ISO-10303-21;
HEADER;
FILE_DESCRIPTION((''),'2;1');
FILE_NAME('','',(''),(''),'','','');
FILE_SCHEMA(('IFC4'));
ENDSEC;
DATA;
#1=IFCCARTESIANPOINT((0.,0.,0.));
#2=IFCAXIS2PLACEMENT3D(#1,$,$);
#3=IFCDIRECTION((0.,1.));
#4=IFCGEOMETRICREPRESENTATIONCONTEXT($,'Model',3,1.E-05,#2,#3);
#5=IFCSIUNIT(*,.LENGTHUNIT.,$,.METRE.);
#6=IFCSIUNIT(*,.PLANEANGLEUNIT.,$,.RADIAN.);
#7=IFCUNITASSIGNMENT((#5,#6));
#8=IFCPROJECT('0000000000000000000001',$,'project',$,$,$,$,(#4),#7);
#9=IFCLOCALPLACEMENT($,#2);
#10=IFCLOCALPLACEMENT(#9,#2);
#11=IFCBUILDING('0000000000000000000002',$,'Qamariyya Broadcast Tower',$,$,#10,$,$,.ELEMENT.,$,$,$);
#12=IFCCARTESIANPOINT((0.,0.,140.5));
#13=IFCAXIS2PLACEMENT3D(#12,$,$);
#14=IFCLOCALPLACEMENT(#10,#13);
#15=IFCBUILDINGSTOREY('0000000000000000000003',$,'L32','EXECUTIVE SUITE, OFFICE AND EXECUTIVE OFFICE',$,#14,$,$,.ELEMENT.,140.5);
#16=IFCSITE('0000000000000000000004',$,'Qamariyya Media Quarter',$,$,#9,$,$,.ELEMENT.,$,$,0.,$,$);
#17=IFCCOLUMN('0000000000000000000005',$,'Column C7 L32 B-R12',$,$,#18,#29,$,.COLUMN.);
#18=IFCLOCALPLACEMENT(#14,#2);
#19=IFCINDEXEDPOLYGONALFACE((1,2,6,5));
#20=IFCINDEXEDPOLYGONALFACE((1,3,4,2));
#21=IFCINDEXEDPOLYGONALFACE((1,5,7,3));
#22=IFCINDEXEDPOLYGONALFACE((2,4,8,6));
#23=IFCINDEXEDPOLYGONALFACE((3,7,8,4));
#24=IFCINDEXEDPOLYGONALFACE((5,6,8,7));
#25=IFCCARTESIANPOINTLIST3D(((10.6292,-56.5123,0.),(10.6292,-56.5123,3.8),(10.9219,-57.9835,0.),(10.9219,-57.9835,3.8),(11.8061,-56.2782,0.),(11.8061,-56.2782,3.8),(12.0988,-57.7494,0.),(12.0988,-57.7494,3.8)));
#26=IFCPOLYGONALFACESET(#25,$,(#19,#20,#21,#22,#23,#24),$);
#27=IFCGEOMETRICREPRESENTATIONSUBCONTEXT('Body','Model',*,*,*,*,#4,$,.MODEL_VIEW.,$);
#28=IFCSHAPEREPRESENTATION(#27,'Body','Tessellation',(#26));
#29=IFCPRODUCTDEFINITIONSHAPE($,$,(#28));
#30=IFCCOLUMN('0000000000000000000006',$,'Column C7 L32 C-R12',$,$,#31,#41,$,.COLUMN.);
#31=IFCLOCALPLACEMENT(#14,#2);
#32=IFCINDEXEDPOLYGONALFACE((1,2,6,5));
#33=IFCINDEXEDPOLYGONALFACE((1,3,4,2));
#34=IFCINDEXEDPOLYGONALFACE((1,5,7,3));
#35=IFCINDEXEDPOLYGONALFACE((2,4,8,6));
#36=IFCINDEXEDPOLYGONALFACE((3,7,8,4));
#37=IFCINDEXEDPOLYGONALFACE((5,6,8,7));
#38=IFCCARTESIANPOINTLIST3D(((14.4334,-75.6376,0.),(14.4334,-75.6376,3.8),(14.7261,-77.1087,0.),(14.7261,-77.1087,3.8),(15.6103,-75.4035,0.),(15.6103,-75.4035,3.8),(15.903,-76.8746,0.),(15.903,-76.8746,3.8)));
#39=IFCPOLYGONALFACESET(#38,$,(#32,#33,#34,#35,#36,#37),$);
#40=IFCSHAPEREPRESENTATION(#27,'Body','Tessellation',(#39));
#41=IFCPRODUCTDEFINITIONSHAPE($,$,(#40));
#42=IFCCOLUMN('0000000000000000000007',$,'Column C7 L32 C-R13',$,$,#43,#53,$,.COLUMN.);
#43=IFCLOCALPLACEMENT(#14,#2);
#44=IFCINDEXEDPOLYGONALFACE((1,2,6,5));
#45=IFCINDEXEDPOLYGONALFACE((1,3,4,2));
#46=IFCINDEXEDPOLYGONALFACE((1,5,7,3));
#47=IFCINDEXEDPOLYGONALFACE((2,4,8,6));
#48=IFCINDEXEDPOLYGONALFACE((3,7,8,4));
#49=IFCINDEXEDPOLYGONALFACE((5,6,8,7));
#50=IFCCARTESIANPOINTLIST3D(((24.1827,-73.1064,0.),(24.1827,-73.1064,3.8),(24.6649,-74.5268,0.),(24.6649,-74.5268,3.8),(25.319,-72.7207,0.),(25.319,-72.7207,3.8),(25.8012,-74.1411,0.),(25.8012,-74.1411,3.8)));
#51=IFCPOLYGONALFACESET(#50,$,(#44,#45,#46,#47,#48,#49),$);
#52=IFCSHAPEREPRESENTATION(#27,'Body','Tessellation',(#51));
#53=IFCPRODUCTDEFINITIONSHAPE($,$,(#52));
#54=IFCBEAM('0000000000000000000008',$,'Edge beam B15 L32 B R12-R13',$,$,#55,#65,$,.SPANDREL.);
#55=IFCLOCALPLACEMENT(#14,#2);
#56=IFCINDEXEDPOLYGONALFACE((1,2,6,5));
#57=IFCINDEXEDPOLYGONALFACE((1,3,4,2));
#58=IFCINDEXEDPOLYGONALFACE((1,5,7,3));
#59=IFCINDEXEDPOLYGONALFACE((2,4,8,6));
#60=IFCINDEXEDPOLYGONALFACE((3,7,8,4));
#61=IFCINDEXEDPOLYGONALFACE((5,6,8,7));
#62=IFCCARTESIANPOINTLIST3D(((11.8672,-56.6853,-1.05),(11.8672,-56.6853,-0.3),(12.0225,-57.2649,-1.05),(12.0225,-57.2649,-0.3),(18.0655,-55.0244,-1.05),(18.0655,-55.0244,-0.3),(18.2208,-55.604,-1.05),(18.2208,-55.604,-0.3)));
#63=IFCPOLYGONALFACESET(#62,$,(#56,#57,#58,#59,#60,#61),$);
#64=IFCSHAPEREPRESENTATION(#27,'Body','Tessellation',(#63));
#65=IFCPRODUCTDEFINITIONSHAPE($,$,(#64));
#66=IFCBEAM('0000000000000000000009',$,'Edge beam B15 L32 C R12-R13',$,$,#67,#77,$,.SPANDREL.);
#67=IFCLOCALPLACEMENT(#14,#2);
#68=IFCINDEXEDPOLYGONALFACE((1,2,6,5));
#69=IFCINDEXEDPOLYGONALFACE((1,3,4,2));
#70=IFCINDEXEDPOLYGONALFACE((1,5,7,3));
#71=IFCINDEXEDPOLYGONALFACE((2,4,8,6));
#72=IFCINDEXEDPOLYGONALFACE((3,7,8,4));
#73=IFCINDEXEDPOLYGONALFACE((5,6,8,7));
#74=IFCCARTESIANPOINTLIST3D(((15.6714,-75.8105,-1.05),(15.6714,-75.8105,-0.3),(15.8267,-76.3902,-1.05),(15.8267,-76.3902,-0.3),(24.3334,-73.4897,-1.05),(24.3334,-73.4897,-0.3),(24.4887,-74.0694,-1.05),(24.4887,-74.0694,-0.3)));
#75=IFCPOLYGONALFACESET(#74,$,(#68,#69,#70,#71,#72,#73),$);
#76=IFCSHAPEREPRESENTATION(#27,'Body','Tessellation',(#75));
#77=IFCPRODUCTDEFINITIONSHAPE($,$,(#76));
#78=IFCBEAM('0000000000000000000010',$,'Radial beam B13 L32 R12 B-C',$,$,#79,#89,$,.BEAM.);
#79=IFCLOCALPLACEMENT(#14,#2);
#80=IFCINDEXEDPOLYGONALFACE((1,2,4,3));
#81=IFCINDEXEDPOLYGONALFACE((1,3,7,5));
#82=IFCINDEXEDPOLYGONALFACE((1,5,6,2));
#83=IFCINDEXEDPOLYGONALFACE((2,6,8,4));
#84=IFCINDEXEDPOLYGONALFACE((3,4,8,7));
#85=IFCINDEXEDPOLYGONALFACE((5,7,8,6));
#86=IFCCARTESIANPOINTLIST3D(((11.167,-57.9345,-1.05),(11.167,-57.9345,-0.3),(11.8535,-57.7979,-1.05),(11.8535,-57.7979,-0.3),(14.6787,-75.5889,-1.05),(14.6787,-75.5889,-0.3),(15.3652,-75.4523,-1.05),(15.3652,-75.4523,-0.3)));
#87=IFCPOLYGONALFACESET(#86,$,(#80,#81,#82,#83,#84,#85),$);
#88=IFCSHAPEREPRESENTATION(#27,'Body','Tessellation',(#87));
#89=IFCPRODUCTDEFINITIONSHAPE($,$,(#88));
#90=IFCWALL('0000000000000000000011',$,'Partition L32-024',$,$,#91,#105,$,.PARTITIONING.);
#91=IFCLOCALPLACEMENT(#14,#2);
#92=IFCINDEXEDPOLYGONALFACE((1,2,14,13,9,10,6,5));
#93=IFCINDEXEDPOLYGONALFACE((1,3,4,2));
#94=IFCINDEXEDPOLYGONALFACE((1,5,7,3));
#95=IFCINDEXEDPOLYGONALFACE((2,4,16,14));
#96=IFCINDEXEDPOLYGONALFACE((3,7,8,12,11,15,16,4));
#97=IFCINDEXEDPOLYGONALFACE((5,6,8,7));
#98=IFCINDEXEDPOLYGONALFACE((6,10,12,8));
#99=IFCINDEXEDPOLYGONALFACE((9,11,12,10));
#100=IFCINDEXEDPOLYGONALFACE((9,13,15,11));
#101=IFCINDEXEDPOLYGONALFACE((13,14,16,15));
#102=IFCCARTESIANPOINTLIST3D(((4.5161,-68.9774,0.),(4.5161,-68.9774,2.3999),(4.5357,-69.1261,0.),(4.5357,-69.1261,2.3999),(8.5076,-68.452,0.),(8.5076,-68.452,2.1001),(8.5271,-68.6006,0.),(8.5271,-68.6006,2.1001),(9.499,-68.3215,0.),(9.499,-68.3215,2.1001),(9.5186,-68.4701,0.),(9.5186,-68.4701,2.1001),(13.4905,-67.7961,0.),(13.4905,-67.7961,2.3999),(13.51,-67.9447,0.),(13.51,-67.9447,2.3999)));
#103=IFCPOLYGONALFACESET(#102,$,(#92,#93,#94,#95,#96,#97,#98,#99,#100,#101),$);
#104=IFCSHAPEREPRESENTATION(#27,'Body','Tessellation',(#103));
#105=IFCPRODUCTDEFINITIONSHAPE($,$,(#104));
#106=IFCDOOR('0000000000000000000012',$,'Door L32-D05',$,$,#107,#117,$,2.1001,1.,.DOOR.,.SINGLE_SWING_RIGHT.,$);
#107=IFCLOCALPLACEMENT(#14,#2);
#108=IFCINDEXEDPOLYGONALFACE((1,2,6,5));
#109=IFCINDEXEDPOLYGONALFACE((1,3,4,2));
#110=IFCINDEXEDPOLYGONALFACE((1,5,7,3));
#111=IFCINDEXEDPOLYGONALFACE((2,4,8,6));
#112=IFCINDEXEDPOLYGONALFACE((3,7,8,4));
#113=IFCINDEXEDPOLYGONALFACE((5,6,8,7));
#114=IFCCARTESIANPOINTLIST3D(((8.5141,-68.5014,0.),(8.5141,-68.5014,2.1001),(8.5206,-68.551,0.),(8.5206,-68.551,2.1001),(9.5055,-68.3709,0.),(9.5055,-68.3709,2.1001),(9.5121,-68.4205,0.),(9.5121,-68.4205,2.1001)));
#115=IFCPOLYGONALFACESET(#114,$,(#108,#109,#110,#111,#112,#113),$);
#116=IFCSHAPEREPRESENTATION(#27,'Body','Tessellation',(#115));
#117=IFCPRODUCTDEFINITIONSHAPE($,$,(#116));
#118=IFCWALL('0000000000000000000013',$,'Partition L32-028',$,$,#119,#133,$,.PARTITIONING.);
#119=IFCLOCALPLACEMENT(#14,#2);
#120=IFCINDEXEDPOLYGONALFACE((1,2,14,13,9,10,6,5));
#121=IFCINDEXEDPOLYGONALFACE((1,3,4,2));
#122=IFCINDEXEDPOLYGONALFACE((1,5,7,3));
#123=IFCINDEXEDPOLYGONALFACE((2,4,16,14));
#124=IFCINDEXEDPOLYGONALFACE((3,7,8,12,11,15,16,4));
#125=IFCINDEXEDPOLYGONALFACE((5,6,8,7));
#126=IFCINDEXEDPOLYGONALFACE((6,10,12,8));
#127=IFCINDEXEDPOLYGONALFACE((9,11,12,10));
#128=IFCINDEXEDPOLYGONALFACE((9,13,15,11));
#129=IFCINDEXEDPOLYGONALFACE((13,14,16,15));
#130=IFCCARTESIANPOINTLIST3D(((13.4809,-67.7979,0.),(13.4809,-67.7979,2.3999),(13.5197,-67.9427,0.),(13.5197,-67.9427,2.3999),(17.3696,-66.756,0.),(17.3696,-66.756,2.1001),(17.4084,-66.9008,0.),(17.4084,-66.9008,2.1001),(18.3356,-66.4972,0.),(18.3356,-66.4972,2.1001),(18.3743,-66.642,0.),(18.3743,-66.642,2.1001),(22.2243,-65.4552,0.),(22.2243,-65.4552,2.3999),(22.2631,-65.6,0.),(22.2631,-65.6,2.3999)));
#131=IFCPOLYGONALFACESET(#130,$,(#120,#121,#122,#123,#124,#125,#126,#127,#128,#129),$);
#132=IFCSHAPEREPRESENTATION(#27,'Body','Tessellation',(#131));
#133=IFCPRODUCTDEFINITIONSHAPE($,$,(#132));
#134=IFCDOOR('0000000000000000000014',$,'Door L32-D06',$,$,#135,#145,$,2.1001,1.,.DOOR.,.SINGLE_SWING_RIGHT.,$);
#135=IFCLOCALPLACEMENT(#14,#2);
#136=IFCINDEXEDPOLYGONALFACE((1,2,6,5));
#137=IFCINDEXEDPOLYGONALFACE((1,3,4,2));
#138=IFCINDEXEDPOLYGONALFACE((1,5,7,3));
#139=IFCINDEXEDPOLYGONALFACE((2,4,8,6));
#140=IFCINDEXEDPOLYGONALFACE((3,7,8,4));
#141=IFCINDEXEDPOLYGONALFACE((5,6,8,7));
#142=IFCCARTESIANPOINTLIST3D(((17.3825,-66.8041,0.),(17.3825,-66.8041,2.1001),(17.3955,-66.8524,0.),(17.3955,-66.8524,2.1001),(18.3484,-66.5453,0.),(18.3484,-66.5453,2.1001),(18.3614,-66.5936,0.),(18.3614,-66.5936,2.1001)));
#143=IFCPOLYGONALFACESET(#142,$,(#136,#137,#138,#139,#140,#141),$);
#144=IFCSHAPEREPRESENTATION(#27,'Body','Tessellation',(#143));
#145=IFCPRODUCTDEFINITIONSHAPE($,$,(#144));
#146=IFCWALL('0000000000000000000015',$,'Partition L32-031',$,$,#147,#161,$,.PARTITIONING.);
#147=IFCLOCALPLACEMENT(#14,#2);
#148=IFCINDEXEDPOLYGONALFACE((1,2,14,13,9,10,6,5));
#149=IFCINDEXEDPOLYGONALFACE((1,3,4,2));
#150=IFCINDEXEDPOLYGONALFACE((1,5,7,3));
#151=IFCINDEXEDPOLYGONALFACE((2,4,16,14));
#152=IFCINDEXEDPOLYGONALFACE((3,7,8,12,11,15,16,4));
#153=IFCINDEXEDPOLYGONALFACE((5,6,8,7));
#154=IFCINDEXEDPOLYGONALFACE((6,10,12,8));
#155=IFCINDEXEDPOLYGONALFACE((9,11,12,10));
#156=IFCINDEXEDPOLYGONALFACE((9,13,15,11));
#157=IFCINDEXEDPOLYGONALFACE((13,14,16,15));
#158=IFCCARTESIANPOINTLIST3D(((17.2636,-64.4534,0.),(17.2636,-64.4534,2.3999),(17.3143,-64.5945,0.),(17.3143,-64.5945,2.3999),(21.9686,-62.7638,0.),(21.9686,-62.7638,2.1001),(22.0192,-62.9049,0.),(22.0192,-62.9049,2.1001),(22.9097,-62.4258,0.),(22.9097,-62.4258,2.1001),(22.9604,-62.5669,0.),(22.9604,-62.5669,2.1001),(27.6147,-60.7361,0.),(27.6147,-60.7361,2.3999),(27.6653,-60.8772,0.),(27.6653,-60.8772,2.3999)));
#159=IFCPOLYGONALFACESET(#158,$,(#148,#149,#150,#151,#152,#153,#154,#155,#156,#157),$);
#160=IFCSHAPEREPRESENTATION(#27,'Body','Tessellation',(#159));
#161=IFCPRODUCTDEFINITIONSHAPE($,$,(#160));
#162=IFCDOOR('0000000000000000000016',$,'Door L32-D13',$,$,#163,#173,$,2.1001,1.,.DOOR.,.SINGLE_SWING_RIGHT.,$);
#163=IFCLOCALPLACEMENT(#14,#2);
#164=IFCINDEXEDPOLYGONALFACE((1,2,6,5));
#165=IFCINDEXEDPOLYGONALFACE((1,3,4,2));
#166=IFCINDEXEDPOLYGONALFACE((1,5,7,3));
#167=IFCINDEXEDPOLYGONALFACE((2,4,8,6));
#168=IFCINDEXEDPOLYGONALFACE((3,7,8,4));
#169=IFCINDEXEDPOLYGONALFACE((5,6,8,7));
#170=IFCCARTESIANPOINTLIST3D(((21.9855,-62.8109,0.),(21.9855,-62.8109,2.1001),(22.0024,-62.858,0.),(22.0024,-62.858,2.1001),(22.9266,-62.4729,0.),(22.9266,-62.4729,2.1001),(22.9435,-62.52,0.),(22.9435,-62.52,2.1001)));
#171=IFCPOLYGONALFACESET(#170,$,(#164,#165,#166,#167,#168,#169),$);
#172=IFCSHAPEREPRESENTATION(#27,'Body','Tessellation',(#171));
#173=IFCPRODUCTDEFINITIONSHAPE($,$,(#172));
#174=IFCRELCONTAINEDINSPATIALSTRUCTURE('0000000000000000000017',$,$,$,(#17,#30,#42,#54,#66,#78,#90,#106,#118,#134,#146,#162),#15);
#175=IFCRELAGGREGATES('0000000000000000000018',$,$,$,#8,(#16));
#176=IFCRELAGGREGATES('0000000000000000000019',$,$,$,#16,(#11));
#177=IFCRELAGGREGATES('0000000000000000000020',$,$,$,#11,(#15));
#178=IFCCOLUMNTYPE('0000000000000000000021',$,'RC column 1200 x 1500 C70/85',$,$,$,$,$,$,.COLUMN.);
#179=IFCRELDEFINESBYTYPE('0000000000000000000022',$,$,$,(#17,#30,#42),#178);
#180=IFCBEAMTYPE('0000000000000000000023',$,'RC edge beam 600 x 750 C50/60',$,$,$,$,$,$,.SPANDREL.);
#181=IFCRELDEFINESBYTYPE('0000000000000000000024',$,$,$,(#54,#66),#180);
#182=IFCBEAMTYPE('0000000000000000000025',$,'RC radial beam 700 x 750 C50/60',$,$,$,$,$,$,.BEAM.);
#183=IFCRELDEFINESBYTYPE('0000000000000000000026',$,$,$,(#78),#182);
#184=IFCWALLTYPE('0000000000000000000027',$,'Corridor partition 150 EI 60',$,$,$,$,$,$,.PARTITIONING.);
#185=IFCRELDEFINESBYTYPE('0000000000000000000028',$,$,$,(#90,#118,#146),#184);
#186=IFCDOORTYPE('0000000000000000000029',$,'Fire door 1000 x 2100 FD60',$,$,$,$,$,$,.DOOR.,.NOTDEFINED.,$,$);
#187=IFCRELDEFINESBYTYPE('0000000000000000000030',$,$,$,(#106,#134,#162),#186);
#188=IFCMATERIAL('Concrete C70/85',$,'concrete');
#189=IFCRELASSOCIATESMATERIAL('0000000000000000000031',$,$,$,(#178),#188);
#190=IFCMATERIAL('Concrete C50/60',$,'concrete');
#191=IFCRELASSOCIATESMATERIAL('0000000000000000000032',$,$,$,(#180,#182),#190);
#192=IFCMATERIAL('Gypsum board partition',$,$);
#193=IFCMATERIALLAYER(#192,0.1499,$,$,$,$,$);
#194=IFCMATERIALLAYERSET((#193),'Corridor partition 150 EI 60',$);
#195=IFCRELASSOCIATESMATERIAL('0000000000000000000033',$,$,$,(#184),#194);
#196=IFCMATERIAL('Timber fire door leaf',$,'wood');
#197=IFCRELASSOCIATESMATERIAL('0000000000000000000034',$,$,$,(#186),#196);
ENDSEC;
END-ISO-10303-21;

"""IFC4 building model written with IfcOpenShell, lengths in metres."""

from ifc_helpers import new_model, si_unit, direction, frame, frame_2d, origin, origin_2d, place, context, subcontext, project, spatial, rectangle, extrude, material, layer, layer_set, material_profile, profile_set, type_object, element, fill, save


model = new_model("IFC4")

# Units and contexts
model_context = context("Model", 3, precision=1e-05, world=origin(), true_north=direction((0.0, 1.0)))
body_context = subcontext(model_context, "Body", "Model", "MODEL_VIEW")
ifc_project = project(units=[si_unit("LENGTHUNIT", "METRE"), si_unit("PLANEANGLEUNIT", "RADIAN")], contexts=[model_context])

# Site, building, storey
site_placement = place(None, origin())
site = spatial("IfcSite", under=ifc_project, at=site_placement, Name="Qamariyya Media Quarter", CompositionType="ELEMENT", RefElevation=0.0)
building_placement = place(site_placement, origin())
building = spatial("IfcBuilding", under=site, at=building_placement, Name="Qamariyya Broadcast Tower", CompositionType="ELEMENT")
storey_placement = place(building_placement, frame((0.0, 0.0, 140.5)))
storey = spatial("IfcBuildingStorey", under=building, at=storey_placement, Name="L32", Description="EXECUTIVE SUITE, OFFICE AND EXECUTIVE OFFICE", CompositionType="ELEMENT", Elevation=140.5)

# Columns
ifc_material_1 = material(Name="Concrete C70/85", Category="concrete")
ifc_material_profile_1 = material_profile(ifc_material_1, rectangle(XDim=1.2, YDim=1.5, at=origin_2d()))
ifc_profile_set_1 = profile_set([ifc_material_profile_1], Name="Concrete C70/85")
column_type = type_object("IfcColumnType", Name="RC column 1200 x 1500 C70/85", PredefinedType="COLUMN", material=ifc_profile_set_1)
for number, where, z_axis, x_axis, name in (
    (1, (11.364, -57.1309, 0.0), (0.0, 0.0, 1.0), (0.980785, 0.19509, 0.0), "Column C7 L32 B-R12"),
    (2, (15.1682, -76.2561, 0.0), (0.0, 0.0, 1.0), (0.980785, 0.19509, 0.0), "Column C7 L32 C-R12"),
    (3, (24.9919, -73.6238, 0.0), (0.0, 0.0, 1.0), (0.94693, 0.321439, 0.0), "Column C7 L32 C-R13"),
):
    element("IfcColumn", number, at=place(storey_placement, frame(where, z_axis=z_axis, x_axis=x_axis)), inside=storey, type_object=column_type, Name=name, PredefinedType="COLUMN", context=body_context, shape_type="SweptSolid", body=[
        extrude(rectangle(XDim=1.2, YDim=1.5, at=origin_2d()), origin(), (0.0, 0.0, 1.0), 3.8),
    ])

# Beams
ifc_material_2 = material(Name="Concrete C50/60", Category="concrete")
ifc_material_profile_2 = material_profile(ifc_material_2, rectangle(XDim=0.6001, YDim=0.75, at=origin_2d()))
ifc_profile_set_2 = profile_set([ifc_material_profile_2], Name="Concrete C50/60")
beam_type_1 = type_object("IfcBeamType", Name="RC edge beam 600 x 750 C50/60", PredefinedType="SPANDREL", material=ifc_profile_set_2)
beam_1_placement = place(storey_placement, frame((11.9448, -56.9751, -0.675), z_axis=(0.965923, 0.25883, 0.0), x_axis=(-0.25883, 0.965923, 0.0)))
element("IfcBeam", 4, at=beam_1_placement, inside=storey, type_object=beam_type_1, Name="Edge beam B15 L32 B R12-R13", PredefinedType="SPANDREL", context=body_context, shape_type="SweptSolid", body=[
    extrude(rectangle(XDim=0.6001, YDim=0.75, at=origin_2d()), origin(), (0.0, 0.0, 1.0), 6.417),
])
beam_2_placement = place(storey_placement, frame((15.749, -76.1003, -0.675), z_axis=(0.965932, 0.258798, 0.0), x_axis=(-0.258798, 0.965932, 0.0)))
element("IfcBeam", 5, at=beam_2_placement, inside=storey, type_object=beam_type_1, Name="Edge beam B15 L32 C R12-R13", PredefinedType="SPANDREL", context=body_context, shape_type="SweptSolid", body=[
    extrude(rectangle(XDim=0.6001, YDim=0.75, at=origin_2d()), origin(), (0.0, 0.0, 1.0), 8.9675),
])
ifc_material_profile_3 = material_profile(ifc_material_2, rectangle(XDim=0.7, YDim=0.75, at=origin_2d()))
ifc_profile_set_3 = profile_set([ifc_material_profile_3], Name="Concrete C50/60")
beam_type_2 = type_object("IfcBeamType", Name="RC radial beam 700 x 750 C50/60", PredefinedType="BEAM", material=ifc_profile_set_3)
beam_3_placement = place(storey_placement, frame((11.5103, -57.8662, -0.675), z_axis=(0.195094, -0.980785, 0.0), x_axis=(0.980785, 0.195094, 0.0)))
element("IfcBeam", 6, at=beam_3_placement, inside=storey, type_object=beam_type_2, Name="Radial beam B13 L32 R12 B-C", PredefinedType="BEAM", context=body_context, shape_type="SweptSolid", body=[
    extrude(rectangle(XDim=0.7, YDim=0.75, at=origin_2d()), origin(), (0.0, 0.0, 1.0), 18.0002),
])

# Walls, openings, doors
ifc_material_3 = material(Name="Gypsum board partition")
ifc_layer_1 = layer(ifc_material_3, 0.1499)
ifc_layer_set_1 = layer_set([ifc_layer_1], Name="Corridor partition 150 EI 60")
wall_type_1 = type_object("IfcWallType", Name="Corridor partition 150 EI 60", PredefinedType="PARTITIONING", material=ifc_layer_set_1)
wall_1_placement = place(storey_placement, frame((13.5002, -67.8704, 0.0), z_axis=(0.0, 0.0, 1.0), x_axis=(-0.991446, -0.130515, 0.0)))
wall_1 = element("IfcWall", 7, at=wall_1_placement, inside=storey, type_object=wall_type_1, Name="Partition L32-024", PredefinedType="PARTITIONING", context=body_context, shape_type="SweptSolid", body=[
    extrude(rectangle(XDim=9.0518, YDim=0.1499, at=frame_2d((4.5259, 0.0))), origin(), (0.0, 0.0, 1.0), 2.3999),
])
opening_1_placement = place(wall_1_placement, frame((4.0259, 0.0, 0.0)))
opening_1 = element("IfcOpeningElement", 8, at=opening_1_placement, cuts=wall_1, PredefinedType="OPENING", context=body_context, shape_type="SweptSolid", body=[
    extrude(rectangle(XDim=1.0, YDim=2.1001, at=frame_2d((0.5, 1.05))), frame((0.0, 0.085, 0.0), z_axis=(0.0, -1.0, 0.0), x_axis=(1.0, 0.0, 0.0)), (0.0, 0.0, 1.0), 0.1699),
])
ifc_material_4 = material(Name="Timber fire door leaf", Category="wood")
door_type = type_object("IfcDoorType", Name="Fire door 1000 x 2100 FD60", OperationType="NOTDEFINED", PredefinedType="DOOR", material=ifc_material_4)
door_1_placement = place(opening_1_placement, origin())
door_1 = element("IfcDoor", 9, at=door_1_placement, inside=storey, type_object=door_type, Name="Door L32-D05", OperationType="SINGLE_SWING_RIGHT", OverallHeight=2.1001, OverallWidth=1.0, PredefinedType="DOOR", context=body_context, shape_type="SweptSolid", body=[
    extrude(rectangle(XDim=1.0, YDim=2.1001, at=frame_2d((0.5, 1.05))), frame((0.0, 0.0249, 0.0), z_axis=(0.0, -1.0, 0.0), x_axis=(1.0, 0.0, 0.0)), (0.0, 0.0, 1.0), 0.05),
])
fill(opening_1, door_1)
wall_2_placement = place(storey_placement, frame((22.2437, -65.5276, 0.0), z_axis=(0.0, 0.0, 1.0), x_axis=(-0.965926, -0.258817, 0.0)))
wall_2 = element("IfcWall", 10, at=wall_2_placement, inside=storey, type_object=wall_type_1, Name="Partition L32-028", PredefinedType="PARTITIONING", context=body_context, shape_type="SweptSolid", body=[
    extrude(rectangle(XDim=9.0518, YDim=0.1499, at=frame_2d((4.5259, 0.0))), origin(), (0.0, 0.0, 1.0), 2.3999),
])
opening_2_placement = place(wall_2_placement, frame((4.0259, 0.0, 0.0)))
opening_2 = element("IfcOpeningElement", 11, at=opening_2_placement, cuts=wall_2, PredefinedType="OPENING", context=body_context, shape_type="SweptSolid", body=[
    extrude(rectangle(XDim=1.0, YDim=2.1001, at=frame_2d((0.5, 1.05))), frame((0.0, 0.085, 0.0), z_axis=(0.0, -1.0, 0.0), x_axis=(1.0, 0.0, 0.0)), (0.0, 0.0, 1.0), 0.1699),
])
door_2_placement = place(opening_2_placement, origin())
door_2 = element("IfcDoor", 12, at=door_2_placement, inside=storey, type_object=door_type, Name="Door L32-D06", OperationType="SINGLE_SWING_RIGHT", OverallHeight=2.1001, OverallWidth=1.0, PredefinedType="DOOR", context=body_context, shape_type="SweptSolid", body=[
    extrude(rectangle(XDim=1.0, YDim=2.1001, at=frame_2d((0.5, 1.05))), frame((0.0, 0.0249, 0.0), z_axis=(0.0, -1.0, 0.0), x_axis=(1.0, 0.0, 0.0)), (0.0, 0.0, 1.0), 0.05),
])
fill(opening_2, door_2)
wall_3_placement = place(storey_placement, frame((17.2891, -64.5239, 0.0), z_axis=(0.0, 0.0, 1.0), x_axis=(0.941151, 0.337987, 0.0)))
wall_3 = element("IfcWall", 13, at=wall_3_placement, inside=storey, type_object=wall_type_1, Name="Partition L32-031", PredefinedType="PARTITIONING", context=body_context, shape_type="SweptSolid", body=[
    extrude(rectangle(XDim=10.9983, YDim=0.1499, at=frame_2d((5.499, 0.0))), origin(), (0.0, 0.0, 1.0), 2.3999),
])
opening_3_placement = place(wall_3_placement, frame((4.999, 0.0, 0.0)))
opening_3 = element("IfcOpeningElement", 14, at=opening_3_placement, cuts=wall_3, PredefinedType="OPENING", context=body_context, shape_type="SweptSolid", body=[
    extrude(rectangle(XDim=1.0, YDim=2.1001, at=frame_2d((0.5, 1.05))), frame((0.0, 0.085, 0.0), z_axis=(0.0, -1.0, 0.0), x_axis=(1.0, 0.0, 0.0)), (0.0, 0.0, 1.0), 0.1699),
])
door_3_placement = place(opening_3_placement, origin())
door_3 = element("IfcDoor", 15, at=door_3_placement, inside=storey, type_object=door_type, Name="Door L32-D13", OperationType="SINGLE_SWING_RIGHT", OverallHeight=2.1001, OverallWidth=1.0, PredefinedType="DOOR", context=body_context, shape_type="SweptSolid", body=[
    extrude(rectangle(XDim=1.0, YDim=2.1001, at=frame_2d((0.5, 1.05))), frame((0.0, 0.0249, 0.0), z_axis=(0.0, -1.0, 0.0), x_axis=(1.0, 0.0, 0.0)), (0.0, 0.0, 1.0), 0.05),
])
fill(opening_3, door_3)

save(model, "model.ifc")
